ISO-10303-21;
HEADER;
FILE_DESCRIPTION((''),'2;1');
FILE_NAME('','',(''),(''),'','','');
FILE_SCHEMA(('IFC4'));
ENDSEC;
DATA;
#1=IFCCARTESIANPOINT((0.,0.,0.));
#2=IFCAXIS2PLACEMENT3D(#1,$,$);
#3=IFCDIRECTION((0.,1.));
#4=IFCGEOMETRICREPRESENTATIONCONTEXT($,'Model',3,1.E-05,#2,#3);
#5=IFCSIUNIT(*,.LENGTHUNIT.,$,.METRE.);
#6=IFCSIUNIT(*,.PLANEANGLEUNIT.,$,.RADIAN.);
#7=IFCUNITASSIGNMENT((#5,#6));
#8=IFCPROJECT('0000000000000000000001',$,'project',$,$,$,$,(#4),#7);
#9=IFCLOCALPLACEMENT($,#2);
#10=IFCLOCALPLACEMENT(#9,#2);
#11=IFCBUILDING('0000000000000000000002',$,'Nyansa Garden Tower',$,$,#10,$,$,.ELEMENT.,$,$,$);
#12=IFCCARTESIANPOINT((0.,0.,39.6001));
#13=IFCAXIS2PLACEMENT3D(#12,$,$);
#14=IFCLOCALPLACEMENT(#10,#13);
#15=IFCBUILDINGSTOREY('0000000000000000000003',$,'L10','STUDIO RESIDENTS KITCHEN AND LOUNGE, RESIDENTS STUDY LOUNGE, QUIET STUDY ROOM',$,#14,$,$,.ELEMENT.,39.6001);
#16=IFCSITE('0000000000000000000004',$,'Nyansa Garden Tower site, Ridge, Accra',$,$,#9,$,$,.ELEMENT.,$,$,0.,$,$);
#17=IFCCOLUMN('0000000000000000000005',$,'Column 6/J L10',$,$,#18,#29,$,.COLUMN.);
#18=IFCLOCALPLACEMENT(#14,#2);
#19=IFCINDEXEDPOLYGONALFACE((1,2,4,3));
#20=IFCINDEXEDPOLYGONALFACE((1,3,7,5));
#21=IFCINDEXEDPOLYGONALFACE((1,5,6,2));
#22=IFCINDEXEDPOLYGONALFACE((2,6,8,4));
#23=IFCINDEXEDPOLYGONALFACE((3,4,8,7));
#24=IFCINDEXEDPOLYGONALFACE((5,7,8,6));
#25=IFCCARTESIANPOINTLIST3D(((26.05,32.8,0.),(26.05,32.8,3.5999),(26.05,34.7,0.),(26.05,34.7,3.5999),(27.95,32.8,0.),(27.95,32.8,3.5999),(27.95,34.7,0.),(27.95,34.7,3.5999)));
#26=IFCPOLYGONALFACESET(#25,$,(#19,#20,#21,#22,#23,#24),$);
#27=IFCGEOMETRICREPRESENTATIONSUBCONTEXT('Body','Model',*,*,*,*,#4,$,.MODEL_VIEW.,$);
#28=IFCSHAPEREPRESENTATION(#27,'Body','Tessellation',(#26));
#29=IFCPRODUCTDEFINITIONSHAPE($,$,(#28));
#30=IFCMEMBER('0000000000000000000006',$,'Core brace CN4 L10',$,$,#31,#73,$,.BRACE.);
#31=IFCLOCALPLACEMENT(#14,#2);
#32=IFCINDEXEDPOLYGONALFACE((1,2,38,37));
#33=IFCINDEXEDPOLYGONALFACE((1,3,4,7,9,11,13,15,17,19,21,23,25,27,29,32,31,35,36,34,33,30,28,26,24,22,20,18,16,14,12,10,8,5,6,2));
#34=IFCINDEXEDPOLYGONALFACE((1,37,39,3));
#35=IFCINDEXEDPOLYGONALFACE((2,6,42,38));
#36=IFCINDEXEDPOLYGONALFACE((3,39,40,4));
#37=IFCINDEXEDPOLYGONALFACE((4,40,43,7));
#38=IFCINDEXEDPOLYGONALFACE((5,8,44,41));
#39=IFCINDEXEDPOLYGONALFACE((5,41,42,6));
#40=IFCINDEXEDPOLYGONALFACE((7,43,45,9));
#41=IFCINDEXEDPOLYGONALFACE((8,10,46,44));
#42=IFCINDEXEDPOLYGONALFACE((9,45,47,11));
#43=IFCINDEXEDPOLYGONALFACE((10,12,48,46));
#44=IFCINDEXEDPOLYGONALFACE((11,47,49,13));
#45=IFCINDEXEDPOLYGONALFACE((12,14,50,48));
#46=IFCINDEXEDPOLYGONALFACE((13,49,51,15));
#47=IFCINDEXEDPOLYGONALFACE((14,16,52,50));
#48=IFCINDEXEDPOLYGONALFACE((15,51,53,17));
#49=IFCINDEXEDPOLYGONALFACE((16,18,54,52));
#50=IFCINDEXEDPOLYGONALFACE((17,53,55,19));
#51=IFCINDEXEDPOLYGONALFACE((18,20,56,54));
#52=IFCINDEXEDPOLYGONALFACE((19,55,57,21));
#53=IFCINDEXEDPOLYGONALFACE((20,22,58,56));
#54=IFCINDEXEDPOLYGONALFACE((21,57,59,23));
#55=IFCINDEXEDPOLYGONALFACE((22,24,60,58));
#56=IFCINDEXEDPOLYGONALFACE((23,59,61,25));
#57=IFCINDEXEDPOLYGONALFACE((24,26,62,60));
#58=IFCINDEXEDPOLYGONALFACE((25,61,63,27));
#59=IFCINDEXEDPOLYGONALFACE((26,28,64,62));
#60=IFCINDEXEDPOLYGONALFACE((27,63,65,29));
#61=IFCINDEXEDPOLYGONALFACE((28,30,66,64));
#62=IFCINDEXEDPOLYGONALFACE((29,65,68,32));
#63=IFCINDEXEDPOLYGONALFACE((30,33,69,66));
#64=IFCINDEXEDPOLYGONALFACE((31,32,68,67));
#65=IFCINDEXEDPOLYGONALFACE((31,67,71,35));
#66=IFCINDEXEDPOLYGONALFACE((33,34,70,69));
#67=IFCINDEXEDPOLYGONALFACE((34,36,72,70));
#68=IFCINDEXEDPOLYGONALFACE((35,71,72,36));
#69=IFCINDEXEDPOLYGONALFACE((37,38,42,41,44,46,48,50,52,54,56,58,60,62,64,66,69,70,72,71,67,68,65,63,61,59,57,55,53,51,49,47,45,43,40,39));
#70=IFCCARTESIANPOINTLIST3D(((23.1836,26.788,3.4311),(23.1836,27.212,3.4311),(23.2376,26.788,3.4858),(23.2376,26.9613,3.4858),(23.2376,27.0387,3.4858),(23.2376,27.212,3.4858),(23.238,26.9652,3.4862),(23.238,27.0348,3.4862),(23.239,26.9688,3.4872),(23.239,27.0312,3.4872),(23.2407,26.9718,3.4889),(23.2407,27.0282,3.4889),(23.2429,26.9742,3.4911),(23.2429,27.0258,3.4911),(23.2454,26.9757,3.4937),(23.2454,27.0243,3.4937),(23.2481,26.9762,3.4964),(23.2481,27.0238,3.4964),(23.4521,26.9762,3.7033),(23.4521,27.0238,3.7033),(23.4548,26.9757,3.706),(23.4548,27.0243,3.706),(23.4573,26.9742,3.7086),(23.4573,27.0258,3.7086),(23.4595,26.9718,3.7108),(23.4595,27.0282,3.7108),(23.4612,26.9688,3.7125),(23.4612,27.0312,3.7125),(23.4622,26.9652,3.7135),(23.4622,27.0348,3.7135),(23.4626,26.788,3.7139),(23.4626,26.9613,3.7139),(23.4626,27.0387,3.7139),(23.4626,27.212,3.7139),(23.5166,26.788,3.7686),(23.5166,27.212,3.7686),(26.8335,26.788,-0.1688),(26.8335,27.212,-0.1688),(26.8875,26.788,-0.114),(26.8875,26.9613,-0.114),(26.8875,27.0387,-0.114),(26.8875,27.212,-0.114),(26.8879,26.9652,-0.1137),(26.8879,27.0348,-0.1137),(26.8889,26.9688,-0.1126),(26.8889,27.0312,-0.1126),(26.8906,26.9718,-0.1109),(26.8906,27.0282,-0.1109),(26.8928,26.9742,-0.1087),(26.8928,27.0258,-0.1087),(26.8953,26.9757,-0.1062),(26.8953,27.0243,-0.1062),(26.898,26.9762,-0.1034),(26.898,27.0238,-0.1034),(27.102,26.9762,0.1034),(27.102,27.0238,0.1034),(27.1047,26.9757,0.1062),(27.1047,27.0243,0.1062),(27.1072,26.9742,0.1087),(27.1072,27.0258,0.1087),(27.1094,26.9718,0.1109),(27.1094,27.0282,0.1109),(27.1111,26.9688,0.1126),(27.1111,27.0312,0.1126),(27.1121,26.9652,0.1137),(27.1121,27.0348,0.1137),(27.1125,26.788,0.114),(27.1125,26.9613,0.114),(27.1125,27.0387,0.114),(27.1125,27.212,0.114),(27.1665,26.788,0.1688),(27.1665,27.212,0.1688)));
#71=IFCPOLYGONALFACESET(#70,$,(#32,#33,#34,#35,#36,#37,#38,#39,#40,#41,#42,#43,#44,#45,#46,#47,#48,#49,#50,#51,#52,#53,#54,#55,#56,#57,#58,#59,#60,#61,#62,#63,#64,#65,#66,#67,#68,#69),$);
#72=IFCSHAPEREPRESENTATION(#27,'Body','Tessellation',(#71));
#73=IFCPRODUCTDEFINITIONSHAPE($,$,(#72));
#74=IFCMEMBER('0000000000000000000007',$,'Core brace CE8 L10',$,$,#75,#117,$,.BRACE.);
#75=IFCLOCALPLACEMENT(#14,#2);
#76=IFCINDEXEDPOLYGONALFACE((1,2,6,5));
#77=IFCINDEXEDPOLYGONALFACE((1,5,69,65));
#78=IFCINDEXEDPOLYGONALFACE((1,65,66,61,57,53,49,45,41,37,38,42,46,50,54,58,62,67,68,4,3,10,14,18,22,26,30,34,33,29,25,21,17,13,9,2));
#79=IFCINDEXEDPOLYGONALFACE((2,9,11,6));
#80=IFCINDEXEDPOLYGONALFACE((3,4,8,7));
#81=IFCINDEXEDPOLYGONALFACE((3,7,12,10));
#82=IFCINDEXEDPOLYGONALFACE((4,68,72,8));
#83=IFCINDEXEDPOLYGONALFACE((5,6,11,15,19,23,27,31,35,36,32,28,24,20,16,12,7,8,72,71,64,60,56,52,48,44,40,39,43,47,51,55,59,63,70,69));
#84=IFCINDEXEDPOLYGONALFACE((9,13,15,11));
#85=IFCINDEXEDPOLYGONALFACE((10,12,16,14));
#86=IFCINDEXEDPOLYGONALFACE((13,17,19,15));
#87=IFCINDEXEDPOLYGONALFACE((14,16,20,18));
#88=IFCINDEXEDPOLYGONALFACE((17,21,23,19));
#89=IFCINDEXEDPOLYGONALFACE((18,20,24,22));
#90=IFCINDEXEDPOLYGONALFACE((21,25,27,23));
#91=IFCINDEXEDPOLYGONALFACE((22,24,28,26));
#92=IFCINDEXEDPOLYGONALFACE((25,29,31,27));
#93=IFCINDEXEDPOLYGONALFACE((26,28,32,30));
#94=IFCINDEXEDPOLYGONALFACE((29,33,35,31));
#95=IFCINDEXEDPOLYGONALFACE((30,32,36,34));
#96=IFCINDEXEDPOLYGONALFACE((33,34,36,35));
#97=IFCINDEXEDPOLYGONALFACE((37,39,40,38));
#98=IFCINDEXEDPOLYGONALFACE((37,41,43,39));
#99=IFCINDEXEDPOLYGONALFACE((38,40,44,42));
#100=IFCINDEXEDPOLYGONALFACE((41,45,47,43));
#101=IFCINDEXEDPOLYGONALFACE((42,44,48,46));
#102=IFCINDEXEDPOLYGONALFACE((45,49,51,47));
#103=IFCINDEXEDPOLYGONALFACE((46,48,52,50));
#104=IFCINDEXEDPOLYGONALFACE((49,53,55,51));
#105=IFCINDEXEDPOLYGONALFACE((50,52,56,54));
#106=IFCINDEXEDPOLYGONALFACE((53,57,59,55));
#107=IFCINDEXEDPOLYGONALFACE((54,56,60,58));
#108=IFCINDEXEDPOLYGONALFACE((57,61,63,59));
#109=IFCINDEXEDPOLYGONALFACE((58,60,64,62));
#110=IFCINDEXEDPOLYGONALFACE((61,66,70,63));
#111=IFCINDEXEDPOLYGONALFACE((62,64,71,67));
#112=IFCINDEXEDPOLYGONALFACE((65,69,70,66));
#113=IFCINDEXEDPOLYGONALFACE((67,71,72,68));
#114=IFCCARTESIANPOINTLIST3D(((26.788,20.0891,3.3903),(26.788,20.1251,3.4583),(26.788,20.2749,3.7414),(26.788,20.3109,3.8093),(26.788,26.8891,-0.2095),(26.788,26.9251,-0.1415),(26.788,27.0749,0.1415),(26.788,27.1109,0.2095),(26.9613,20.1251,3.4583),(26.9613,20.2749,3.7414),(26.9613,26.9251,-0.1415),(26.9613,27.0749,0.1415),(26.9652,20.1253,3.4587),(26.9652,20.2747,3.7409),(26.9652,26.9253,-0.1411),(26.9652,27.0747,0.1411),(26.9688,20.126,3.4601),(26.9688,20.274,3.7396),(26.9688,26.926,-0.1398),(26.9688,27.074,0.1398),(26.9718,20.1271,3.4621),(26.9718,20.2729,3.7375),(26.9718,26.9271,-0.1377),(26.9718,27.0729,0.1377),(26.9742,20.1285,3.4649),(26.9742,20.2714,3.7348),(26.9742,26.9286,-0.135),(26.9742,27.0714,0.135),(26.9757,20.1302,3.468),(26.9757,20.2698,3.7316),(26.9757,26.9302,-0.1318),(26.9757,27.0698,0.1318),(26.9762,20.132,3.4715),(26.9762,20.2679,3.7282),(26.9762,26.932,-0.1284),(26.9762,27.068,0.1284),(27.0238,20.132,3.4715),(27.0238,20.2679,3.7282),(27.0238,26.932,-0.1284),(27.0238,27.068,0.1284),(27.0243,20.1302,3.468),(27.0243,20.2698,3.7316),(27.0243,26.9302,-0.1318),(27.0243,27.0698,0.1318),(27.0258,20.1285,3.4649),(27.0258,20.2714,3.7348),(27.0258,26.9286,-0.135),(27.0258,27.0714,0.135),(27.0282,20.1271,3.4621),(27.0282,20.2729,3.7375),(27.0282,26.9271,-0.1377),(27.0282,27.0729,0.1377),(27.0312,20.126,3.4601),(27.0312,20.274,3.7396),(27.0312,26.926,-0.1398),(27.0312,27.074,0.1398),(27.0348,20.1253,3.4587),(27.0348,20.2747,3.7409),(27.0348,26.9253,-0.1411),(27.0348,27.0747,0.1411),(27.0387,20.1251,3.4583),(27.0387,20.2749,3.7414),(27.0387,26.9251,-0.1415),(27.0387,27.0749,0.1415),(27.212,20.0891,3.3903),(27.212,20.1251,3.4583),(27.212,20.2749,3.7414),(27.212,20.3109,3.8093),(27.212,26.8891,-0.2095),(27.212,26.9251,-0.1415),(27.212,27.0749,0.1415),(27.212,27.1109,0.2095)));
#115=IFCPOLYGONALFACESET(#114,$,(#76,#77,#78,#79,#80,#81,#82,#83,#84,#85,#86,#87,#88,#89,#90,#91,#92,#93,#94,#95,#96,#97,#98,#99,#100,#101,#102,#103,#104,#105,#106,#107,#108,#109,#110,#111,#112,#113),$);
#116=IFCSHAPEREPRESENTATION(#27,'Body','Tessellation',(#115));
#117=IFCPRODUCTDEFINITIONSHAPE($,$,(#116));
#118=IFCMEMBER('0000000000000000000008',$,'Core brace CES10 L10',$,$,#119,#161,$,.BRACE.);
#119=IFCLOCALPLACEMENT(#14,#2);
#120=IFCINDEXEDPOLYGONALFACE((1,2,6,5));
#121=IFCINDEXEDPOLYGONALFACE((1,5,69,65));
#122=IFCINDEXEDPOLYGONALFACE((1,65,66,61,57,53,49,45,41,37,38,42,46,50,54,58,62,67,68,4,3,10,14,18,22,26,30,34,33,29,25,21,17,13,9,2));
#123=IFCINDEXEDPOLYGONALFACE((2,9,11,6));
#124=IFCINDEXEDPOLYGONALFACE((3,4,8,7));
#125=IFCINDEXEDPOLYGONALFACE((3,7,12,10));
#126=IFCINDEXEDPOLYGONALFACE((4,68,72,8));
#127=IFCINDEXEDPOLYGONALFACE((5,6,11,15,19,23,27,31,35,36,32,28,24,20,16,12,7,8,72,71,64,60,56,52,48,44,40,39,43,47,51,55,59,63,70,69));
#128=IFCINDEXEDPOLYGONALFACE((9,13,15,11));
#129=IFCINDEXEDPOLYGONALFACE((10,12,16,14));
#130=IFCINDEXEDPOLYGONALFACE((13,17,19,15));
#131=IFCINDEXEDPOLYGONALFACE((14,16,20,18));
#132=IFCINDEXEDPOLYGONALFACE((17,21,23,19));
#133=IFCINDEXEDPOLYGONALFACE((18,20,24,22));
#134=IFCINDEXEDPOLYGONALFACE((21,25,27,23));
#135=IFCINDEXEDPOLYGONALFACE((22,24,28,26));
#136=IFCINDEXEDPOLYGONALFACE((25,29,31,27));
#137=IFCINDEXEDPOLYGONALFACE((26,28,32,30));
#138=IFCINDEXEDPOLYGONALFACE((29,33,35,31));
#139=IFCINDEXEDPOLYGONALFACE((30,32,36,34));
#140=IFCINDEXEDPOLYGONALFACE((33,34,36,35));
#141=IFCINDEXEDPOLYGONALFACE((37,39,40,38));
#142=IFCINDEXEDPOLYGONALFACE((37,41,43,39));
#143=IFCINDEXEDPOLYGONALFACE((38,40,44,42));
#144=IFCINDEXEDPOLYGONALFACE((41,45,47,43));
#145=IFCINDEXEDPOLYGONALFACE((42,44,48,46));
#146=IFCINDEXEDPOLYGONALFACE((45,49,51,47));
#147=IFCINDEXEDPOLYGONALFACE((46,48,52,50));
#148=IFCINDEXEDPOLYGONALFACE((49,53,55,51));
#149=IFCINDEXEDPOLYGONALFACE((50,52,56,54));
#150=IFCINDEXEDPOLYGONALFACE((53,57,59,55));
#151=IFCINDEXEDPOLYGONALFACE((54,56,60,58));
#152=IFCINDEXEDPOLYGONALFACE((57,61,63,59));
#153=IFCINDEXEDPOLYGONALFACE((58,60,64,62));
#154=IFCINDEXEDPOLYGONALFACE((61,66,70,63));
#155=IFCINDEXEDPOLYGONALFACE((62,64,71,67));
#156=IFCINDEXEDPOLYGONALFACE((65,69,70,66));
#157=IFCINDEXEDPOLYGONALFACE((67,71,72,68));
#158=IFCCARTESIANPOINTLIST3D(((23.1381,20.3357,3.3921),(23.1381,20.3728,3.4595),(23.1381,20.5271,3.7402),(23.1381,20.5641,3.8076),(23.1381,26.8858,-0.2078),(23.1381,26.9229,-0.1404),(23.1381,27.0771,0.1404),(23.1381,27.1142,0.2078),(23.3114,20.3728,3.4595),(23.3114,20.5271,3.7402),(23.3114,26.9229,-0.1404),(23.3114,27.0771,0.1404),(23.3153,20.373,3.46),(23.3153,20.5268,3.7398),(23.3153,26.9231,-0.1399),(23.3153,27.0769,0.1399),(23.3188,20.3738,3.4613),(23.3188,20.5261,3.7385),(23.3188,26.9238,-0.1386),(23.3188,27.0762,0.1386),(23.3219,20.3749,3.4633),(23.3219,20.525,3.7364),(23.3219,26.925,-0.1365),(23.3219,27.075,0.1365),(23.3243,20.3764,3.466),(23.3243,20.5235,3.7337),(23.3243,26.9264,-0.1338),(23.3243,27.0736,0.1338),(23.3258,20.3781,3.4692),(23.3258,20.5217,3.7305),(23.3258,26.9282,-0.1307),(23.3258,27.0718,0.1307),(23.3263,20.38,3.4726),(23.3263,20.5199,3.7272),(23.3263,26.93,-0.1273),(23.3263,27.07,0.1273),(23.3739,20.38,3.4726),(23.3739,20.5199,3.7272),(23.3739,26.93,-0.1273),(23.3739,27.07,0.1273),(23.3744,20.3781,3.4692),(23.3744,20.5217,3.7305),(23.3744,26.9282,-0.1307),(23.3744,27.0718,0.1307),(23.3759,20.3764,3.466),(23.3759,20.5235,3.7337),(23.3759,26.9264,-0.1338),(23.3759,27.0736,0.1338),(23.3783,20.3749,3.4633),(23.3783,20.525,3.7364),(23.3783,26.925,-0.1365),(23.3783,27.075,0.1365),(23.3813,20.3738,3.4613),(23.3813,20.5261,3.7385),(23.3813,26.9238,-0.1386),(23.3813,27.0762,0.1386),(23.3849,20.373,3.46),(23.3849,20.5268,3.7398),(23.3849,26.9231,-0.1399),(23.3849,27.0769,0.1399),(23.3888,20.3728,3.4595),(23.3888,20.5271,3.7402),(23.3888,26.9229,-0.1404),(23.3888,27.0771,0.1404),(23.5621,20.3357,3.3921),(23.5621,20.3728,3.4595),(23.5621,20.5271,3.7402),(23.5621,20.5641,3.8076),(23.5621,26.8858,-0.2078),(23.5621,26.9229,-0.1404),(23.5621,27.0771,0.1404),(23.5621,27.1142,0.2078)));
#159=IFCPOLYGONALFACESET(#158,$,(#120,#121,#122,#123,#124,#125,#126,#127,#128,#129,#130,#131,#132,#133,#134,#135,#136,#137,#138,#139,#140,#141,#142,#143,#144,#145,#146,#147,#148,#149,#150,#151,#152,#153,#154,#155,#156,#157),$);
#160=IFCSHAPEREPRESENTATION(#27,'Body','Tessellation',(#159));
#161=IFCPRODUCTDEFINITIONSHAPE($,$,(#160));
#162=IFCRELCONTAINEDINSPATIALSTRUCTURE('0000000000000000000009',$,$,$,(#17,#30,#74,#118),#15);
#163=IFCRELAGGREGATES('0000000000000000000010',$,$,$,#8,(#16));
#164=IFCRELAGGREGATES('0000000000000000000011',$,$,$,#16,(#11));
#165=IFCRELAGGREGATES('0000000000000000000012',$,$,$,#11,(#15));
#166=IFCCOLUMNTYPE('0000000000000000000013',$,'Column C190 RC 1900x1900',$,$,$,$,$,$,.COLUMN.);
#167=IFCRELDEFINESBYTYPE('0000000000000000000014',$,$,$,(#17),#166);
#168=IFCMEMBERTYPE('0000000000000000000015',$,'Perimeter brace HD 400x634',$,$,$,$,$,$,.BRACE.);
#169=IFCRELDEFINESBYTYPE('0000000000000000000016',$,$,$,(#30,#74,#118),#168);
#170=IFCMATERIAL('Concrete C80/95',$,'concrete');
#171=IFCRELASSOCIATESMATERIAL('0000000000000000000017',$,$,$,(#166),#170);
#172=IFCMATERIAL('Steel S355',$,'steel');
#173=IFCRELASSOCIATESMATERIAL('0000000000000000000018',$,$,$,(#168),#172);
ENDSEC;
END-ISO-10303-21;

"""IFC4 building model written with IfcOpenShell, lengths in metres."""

from ifc_helpers import new_model, si_unit, direction, frame, origin, origin_2d, place, context, subcontext, project, spatial, rectangle, i_section, extrude, material, material_profile, profile_set, type_object, element, save


model = new_model("IFC4")

# Units and contexts
model_context = context("Model", 3, precision=1e-05, world=origin(), true_north=direction((0.0, 1.0)))
body_context = subcontext(model_context, "Body", "Model", "MODEL_VIEW")
ifc_project = project(units=[si_unit("LENGTHUNIT", "METRE"), si_unit("PLANEANGLEUNIT", "RADIAN")], contexts=[model_context])

# Site, building, storey
site_placement = place(None, origin())
site = spatial("IfcSite", under=ifc_project, at=site_placement, Name="Nyansa Garden Tower site, Ridge, Accra", CompositionType="ELEMENT", RefElevation=0.0)
building_placement = place(site_placement, origin())
building = spatial("IfcBuilding", under=site, at=building_placement, Name="Nyansa Garden Tower", CompositionType="ELEMENT")
storey_placement = place(building_placement, frame((0.0, 0.0, 39.6001)))
storey = spatial("IfcBuildingStorey", under=building, at=storey_placement, Name="L10", Description="STUDIO RESIDENTS KITCHEN AND LOUNGE, RESIDENTS STUDY LOUNGE, QUIET STUDY ROOM", CompositionType="ELEMENT", Elevation=39.6001)

# Column
ifc_material_1 = material(Name="Concrete C80/95", Category="concrete")
ifc_material_profile_1 = material_profile(ifc_material_1, rectangle(XDim=1.8999, YDim=1.8999, at=origin_2d()), Name="RC 1900x1900")
ifc_profile_set_1 = profile_set([ifc_material_profile_1], Name="Concrete C80/95")
column_type = type_object("IfcColumnType", Name="Column C190 RC 1900x1900", PredefinedType="COLUMN", material=ifc_profile_set_1)
column_placement = place(storey_placement, frame((27.0, 33.75, 0.0), z_axis=(0.0, 0.0, 1.0), x_axis=(1.0, 0.0, 0.0)))
element("IfcColumn", 1, at=column_placement, inside=storey, type_object=column_type, Name="Column 6/J L10", PredefinedType="COLUMN", context=body_context, shape_type="SweptSolid", body=[
    extrude(rectangle(XDim=1.8999, YDim=1.8999, at=origin_2d()), origin(), (0.0, 0.0, 1.0), 3.5999),
])

# Members
ifc_material_2 = material(Name="Steel S355", Category="steel")
ifc_material_profile_2 = material_profile(ifc_material_2, i_section(OverallWidth=0.4241, OverallDepth=0.4741, WebThickness=0.0476, FlangeThickness=0.0769, FilletRadius=0.0149, at=origin_2d()), Name="HD 400x634")
ifc_profile_set_2 = profile_set([ifc_material_profile_2], Name="Steel S355")
member_type = type_object("IfcMemberType", Name="Perimeter brace HD 400x634", PredefinedType="BRACE", material=ifc_profile_set_2)
member_1_placement = place(storey_placement, frame((27.0, 27.0, 0.0), z_axis=(-0.711971, 0.0, 0.702209), x_axis=(0.0, -1.0, 0.0)))
element("IfcMember", 2, at=member_1_placement, inside=storey, type_object=member_type, Name="Core brace CN4 L10", PredefinedType="BRACE", context=body_context, shape_type="SweptSolid", body=[
    extrude(i_section(OverallWidth=0.4241, OverallDepth=0.4741, WebThickness=0.0476, FlangeThickness=0.0769, FilletRadius=0.0149, at=origin_2d()), origin(), (0.0, 0.0, 1.0), 5.1265),
])
member_2_placement = place(storey_placement, frame((27.0, 27.0, 0.0), z_axis=(0.0, -0.883797, 0.46787), x_axis=(1.0, 0.0, 0.0)))
element("IfcMember", 3, at=member_2_placement, inside=storey, type_object=member_type, Name="Core brace CE8 L10", PredefinedType="BRACE", context=body_context, shape_type="SweptSolid", body=[
    extrude(i_section(OverallWidth=0.4241, OverallDepth=0.4741, WebThickness=0.0476, FlangeThickness=0.0769, FilletRadius=0.0149, at=origin_2d()), origin(), (0.0, 0.0, 1.0), 7.6941),
])
for number, where, z_axis, x_axis, name in (
    (4, (23.3501, 27.0, 0.0), (0.0, -0.876367, 0.481644), (1.0, 0.0, 0.0), "Core brace CES10 L10"),
):
    element("IfcMember", number, at=place(storey_placement, frame(where, z_axis=z_axis, x_axis=x_axis)), inside=storey, type_object=member_type, Name=name, PredefinedType="BRACE", context=body_context, shape_type="SweptSolid", body=[
        extrude(i_section(OverallWidth=0.4241, OverallDepth=0.4741, WebThickness=0.0476, FlangeThickness=0.0769, FilletRadius=0.0149, at=origin_2d()), origin(), (0.0, 0.0, 1.0), 7.4741),
    ])

save(model, "model.ifc")
